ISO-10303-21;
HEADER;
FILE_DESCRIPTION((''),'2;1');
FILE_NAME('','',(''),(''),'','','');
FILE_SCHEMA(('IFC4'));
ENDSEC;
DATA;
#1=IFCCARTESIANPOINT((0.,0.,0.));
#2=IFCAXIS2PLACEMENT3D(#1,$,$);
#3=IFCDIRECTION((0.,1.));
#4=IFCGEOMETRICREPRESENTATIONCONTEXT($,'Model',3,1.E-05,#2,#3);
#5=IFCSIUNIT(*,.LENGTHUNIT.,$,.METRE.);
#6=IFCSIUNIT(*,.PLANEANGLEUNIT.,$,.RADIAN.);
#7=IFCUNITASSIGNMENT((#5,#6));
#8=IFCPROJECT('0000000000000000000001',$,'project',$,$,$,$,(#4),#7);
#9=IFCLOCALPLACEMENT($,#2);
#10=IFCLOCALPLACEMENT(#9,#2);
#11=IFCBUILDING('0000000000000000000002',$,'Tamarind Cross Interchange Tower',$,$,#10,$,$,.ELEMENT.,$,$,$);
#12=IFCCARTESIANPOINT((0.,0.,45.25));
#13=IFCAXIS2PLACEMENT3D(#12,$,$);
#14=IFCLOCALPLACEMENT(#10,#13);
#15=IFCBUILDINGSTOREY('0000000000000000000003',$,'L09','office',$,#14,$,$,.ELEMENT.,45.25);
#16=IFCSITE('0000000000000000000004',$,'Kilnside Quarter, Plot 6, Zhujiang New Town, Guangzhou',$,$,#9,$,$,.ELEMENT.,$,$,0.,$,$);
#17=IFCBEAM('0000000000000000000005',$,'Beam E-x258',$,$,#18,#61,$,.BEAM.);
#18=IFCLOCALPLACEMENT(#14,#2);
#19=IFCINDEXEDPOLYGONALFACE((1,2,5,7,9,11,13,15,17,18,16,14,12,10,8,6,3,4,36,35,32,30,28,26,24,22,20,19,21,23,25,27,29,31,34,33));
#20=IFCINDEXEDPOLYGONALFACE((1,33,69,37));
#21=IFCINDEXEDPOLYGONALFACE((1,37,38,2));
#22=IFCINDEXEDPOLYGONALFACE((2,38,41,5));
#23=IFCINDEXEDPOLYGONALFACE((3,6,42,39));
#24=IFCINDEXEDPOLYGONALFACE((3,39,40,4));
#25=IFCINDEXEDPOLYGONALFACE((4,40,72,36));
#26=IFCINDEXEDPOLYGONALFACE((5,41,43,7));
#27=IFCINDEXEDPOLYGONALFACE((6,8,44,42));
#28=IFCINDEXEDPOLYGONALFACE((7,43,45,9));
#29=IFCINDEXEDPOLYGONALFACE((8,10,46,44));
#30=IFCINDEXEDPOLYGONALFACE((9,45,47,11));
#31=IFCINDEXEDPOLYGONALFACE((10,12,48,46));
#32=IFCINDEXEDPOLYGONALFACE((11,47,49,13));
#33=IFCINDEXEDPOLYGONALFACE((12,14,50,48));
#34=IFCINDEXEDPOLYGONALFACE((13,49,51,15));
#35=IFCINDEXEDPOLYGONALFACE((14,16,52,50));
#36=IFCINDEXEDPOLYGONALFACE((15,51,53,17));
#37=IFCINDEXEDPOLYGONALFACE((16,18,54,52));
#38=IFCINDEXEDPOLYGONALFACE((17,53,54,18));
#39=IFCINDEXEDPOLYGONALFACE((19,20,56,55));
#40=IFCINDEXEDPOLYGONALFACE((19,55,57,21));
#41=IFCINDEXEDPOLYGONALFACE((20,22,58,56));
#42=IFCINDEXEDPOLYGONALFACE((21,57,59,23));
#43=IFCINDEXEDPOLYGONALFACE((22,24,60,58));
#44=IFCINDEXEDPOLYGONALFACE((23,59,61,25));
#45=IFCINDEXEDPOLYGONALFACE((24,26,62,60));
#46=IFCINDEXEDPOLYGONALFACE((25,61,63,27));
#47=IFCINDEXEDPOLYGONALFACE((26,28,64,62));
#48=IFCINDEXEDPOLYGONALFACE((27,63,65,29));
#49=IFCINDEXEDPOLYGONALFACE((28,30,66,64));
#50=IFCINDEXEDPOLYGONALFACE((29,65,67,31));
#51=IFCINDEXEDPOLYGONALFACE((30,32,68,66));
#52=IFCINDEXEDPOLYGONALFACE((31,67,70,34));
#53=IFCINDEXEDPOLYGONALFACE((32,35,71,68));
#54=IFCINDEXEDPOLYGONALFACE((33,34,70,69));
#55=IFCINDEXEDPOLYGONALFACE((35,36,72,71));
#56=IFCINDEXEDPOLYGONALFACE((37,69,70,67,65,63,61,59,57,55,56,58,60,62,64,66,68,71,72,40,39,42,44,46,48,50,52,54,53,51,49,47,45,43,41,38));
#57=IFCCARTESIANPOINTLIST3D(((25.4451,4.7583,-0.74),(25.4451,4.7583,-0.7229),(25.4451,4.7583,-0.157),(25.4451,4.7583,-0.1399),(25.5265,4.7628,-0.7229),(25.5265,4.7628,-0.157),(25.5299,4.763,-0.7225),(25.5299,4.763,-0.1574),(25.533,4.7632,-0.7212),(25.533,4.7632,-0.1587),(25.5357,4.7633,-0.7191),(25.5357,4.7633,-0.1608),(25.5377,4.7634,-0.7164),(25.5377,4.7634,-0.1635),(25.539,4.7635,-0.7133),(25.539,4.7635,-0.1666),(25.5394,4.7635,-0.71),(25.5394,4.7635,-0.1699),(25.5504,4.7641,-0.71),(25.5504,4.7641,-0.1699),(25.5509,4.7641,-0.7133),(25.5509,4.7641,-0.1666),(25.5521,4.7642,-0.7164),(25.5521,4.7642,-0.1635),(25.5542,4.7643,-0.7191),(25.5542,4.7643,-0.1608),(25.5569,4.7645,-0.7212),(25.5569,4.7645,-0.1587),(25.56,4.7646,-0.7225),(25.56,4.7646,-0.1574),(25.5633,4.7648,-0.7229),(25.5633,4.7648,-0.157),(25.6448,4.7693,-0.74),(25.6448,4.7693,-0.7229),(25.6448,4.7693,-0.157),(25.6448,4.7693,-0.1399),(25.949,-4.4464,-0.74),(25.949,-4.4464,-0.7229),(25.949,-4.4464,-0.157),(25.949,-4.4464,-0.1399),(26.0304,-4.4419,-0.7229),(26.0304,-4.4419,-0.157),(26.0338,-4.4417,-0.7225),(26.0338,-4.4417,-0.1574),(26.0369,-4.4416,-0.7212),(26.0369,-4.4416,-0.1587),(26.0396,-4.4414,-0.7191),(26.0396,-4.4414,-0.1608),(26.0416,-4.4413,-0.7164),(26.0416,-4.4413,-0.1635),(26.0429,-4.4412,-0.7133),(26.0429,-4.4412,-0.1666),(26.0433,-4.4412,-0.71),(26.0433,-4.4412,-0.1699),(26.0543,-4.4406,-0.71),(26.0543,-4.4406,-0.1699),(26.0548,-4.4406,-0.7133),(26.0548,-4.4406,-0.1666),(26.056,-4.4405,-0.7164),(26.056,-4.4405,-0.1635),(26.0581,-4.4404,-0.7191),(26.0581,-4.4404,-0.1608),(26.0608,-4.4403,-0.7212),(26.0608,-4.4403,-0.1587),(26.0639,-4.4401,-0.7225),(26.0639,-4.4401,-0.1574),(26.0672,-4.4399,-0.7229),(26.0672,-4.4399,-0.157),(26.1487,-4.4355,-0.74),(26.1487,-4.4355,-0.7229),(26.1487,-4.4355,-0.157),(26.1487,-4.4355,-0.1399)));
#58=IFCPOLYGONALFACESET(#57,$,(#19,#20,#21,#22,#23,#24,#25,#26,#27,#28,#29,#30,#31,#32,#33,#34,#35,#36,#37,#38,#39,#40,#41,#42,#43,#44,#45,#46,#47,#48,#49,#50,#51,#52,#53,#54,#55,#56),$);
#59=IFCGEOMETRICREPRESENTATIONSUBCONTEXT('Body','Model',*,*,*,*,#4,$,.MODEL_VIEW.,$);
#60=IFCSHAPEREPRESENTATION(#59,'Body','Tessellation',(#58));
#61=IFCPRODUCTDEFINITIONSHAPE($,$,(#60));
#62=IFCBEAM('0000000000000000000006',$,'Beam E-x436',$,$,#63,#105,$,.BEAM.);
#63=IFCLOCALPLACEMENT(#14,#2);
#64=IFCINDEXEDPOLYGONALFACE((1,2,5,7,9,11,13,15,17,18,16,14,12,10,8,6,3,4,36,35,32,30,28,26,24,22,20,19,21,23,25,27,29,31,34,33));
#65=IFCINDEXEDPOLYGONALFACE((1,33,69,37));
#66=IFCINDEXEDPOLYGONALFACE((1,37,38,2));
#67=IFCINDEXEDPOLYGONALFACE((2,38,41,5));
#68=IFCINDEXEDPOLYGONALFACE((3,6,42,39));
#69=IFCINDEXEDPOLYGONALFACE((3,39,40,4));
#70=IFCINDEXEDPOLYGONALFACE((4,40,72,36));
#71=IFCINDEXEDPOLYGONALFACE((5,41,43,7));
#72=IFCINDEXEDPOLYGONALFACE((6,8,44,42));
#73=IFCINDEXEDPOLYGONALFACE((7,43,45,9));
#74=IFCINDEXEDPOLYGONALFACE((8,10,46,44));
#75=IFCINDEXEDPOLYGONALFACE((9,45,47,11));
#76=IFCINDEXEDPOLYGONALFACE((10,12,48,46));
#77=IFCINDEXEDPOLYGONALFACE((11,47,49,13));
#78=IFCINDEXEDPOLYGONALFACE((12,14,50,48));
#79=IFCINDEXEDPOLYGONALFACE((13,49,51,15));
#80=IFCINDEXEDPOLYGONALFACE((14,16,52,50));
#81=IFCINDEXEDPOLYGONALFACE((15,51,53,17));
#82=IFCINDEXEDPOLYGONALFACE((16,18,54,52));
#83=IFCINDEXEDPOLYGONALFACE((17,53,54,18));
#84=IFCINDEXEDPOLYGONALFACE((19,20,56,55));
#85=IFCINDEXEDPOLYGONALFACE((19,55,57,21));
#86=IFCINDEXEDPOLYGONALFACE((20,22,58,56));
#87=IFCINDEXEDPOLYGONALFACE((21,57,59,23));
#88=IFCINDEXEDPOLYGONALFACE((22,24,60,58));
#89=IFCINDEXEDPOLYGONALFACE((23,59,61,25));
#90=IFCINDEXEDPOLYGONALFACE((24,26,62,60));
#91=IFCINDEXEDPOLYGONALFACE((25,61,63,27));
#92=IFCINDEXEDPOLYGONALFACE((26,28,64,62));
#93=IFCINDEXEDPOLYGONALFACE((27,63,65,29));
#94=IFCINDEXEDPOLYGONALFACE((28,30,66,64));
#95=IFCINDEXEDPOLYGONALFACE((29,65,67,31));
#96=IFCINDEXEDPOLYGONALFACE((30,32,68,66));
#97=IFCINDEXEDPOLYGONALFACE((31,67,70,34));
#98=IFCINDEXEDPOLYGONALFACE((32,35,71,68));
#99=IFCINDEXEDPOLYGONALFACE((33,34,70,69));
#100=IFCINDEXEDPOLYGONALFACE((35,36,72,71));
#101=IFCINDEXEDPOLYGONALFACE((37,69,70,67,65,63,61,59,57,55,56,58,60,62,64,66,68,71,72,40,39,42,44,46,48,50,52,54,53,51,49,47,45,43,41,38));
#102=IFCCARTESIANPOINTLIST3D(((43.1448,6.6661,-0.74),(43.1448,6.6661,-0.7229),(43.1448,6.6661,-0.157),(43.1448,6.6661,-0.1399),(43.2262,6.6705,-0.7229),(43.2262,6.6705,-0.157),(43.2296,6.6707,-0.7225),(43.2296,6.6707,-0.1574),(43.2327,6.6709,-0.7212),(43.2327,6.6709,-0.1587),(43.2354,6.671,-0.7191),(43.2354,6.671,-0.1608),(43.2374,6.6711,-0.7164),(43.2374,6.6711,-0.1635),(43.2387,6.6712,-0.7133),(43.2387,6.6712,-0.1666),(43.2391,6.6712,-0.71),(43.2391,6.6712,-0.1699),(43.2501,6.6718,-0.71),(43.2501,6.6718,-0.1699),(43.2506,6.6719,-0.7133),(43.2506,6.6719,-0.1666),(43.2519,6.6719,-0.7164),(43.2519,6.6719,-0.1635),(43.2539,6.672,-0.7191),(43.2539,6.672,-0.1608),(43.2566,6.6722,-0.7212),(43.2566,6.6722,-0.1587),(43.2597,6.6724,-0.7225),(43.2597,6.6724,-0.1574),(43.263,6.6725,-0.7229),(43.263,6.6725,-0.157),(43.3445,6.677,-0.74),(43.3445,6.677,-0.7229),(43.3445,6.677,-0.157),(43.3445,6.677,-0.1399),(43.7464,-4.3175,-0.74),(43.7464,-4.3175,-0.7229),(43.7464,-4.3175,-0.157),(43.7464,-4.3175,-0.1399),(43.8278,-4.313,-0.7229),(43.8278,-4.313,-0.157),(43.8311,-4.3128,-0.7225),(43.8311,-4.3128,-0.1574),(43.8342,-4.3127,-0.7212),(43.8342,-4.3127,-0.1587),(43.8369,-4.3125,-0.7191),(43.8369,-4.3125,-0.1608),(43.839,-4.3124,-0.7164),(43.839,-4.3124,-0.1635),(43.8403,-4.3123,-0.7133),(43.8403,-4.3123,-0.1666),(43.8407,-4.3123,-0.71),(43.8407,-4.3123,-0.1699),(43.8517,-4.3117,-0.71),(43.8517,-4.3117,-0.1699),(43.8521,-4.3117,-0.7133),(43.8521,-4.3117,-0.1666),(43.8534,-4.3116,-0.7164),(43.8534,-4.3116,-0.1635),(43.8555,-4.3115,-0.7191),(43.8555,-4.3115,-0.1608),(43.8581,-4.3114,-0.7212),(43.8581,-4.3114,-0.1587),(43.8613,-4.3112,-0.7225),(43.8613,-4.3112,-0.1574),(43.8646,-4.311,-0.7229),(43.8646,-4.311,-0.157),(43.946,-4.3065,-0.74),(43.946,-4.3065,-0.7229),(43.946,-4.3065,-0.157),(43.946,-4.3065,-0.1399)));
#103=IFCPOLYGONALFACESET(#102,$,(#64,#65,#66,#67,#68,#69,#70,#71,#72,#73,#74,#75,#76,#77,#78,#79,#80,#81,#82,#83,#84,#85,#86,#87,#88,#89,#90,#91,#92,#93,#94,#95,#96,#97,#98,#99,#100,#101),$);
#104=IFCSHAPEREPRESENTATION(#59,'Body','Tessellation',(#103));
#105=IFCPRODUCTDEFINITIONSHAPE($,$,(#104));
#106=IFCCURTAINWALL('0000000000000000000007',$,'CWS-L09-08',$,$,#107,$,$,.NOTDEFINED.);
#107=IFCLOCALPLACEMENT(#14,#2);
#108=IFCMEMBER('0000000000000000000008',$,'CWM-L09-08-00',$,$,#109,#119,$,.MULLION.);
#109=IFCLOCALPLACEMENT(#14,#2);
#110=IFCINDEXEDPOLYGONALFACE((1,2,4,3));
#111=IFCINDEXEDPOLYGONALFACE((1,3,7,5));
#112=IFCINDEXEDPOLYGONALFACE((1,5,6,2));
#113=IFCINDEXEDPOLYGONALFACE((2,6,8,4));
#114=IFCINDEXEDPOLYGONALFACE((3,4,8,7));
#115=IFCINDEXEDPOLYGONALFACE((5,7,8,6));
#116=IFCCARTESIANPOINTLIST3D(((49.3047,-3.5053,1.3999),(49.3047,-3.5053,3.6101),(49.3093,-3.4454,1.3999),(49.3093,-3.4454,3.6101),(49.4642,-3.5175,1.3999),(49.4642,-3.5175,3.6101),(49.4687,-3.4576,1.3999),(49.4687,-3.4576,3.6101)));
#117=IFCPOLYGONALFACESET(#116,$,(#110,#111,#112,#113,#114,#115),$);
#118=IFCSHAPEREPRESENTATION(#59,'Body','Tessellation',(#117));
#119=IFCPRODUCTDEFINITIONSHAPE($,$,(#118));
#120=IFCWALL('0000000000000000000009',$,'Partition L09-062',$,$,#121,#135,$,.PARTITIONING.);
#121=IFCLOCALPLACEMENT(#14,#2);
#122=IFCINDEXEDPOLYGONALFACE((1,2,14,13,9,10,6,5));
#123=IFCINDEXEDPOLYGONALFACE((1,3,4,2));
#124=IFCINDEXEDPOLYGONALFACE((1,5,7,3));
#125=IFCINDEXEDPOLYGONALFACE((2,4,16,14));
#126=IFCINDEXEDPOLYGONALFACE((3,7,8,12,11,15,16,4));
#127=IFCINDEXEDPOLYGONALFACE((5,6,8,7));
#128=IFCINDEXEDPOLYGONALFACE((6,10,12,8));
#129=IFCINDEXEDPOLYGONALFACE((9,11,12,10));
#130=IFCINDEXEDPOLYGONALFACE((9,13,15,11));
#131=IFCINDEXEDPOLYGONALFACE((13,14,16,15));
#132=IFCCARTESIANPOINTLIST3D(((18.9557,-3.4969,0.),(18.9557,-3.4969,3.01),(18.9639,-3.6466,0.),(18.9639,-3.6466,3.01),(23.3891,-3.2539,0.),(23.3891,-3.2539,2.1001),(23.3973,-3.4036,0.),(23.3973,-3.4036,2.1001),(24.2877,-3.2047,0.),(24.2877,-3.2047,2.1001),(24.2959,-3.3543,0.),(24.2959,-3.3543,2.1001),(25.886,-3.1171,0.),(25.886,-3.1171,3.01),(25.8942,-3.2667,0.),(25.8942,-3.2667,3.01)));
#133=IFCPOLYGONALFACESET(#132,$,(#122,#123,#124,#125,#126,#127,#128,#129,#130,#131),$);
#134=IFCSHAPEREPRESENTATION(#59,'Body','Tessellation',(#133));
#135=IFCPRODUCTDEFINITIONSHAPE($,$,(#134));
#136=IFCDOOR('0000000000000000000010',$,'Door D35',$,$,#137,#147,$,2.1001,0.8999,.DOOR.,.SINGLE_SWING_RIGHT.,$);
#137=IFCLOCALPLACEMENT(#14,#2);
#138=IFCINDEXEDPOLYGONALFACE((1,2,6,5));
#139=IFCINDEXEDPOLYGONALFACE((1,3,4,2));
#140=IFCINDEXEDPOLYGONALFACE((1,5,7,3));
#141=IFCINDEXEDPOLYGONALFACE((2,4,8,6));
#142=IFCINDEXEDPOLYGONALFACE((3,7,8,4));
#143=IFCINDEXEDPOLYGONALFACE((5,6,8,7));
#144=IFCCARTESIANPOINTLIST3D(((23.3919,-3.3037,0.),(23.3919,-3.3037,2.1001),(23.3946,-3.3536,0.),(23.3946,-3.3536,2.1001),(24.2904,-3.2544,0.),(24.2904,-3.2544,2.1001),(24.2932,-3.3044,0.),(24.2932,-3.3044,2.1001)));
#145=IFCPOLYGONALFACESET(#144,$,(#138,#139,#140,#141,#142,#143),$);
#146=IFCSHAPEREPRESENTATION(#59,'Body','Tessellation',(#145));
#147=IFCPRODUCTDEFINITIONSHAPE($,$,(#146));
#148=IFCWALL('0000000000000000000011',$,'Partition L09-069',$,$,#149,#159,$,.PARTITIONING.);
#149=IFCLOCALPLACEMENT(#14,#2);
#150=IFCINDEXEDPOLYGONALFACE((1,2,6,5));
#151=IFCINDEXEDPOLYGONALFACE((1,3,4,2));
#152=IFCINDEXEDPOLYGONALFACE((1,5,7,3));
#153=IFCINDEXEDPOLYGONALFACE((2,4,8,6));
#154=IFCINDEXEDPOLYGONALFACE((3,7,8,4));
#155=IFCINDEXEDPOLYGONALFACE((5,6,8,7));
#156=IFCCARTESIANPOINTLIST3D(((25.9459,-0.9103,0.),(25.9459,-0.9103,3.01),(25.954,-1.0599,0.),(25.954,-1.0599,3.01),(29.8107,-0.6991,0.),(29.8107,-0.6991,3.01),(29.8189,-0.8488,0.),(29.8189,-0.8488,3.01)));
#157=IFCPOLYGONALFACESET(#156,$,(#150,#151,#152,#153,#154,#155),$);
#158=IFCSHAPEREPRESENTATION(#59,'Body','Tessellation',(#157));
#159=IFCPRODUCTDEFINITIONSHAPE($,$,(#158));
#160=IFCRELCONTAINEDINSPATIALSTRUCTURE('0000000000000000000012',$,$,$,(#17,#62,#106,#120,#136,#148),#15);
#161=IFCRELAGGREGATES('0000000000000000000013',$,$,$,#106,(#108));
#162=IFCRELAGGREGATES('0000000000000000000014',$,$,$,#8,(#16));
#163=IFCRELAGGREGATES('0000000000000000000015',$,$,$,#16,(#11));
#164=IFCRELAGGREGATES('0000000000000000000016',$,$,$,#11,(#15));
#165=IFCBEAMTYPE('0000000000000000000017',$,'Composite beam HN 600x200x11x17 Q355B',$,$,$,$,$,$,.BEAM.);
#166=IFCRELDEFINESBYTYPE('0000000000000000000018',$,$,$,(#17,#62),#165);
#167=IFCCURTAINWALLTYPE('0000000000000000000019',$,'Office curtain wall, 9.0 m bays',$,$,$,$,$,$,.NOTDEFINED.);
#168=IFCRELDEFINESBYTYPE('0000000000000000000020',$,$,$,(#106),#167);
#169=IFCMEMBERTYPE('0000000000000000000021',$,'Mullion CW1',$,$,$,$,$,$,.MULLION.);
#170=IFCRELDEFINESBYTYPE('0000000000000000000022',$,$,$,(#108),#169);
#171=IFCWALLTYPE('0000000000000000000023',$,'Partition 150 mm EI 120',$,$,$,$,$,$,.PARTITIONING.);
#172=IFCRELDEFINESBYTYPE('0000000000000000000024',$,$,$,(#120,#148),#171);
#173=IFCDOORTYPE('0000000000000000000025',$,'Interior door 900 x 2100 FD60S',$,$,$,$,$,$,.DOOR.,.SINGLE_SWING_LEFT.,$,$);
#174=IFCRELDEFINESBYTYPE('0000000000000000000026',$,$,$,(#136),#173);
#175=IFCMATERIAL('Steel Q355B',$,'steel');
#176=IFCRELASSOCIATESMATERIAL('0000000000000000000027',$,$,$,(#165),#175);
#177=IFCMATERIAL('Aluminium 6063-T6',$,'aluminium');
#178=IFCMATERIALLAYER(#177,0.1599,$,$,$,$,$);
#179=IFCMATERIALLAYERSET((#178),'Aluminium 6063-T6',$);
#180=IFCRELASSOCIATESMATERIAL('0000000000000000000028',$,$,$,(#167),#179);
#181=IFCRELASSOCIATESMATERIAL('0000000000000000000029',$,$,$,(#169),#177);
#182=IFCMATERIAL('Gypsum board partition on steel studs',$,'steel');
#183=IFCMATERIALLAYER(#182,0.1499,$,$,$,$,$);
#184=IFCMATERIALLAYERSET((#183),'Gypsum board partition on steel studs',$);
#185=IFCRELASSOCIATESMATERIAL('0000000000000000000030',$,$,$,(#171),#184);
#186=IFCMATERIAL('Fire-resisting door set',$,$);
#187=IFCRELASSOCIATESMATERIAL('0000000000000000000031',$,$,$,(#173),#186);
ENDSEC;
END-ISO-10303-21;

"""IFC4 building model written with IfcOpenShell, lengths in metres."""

from ifc_helpers import new_model, si_unit, direction, frame, frame_2d, origin, origin_2d, place, context, subcontext, project, spatial, rectangle, i_section, extrude, material, layer, layer_set, material_profile, profile_set, type_object, element, fill, aggregate, save


model = new_model("IFC4")

# Units and contexts
model_context = context("Model", 3, precision=1e-05, world=origin(), true_north=direction((0.0, 1.0)))
body_context = subcontext(model_context, "Body", "Model", "MODEL_VIEW")
ifc_project = project(units=[si_unit("LENGTHUNIT", "METRE"), si_unit("PLANEANGLEUNIT", "RADIAN")], contexts=[model_context])

# Site, building, storey
site_placement = place(None, origin())
site = spatial("IfcSite", under=ifc_project, at=site_placement, Name="Kilnside Quarter, Plot 6, Zhujiang New Town, Guangzhou", CompositionType="ELEMENT", RefElevation=0.0)
building_placement = place(site_placement, origin())
building = spatial("IfcBuilding", under=site, at=building_placement, Name="Tamarind Cross Interchange Tower", CompositionType="ELEMENT")
storey_placement = place(building_placement, frame((0.0, 0.0, 45.25)))
storey = spatial("IfcBuildingStorey", under=building, at=storey_placement, Name="L09", Description="office", CompositionType="ELEMENT", Elevation=45.25)

# Beams
ifc_material_1 = material(Name="Steel Q355B", Category="steel")
ifc_material_profile_1 = material_profile(ifc_material_1, i_section(OverallWidth=0.2, OverallDepth=0.6001, WebThickness=0.011, FlangeThickness=0.0171, FilletRadius=0.0129, at=origin_2d()), Name="HN 600x200x11x17")
ifc_profile_set_1 = profile_set([ifc_material_profile_1], Name="Steel Q355B")
beam_type_1 = type_object("IfcBeamType", Name="Composite beam HN 600x200x11x17 Q355B", PredefinedType="BEAM", material=ifc_profile_set_1)
beam_1_placement = place(storey_placement, frame((26.0488, -4.4409, -0.4399), z_axis=(-0.054662, 0.998505, 0.0), x_axis=(-0.998505, -0.054662, 0.0)))
element("IfcBeam", 1, at=beam_1_placement, inside=storey, type_object=beam_type_1, Name="Beam E-x258", PredefinedType="BEAM", context=body_context, shape_type="SweptSolid", body=[
    extrude(i_section(OverallWidth=0.2, OverallDepth=0.6001, WebThickness=0.011, FlangeThickness=0.0171, FilletRadius=0.0129, at=origin_2d()), origin(), (0.0, 0.0, 1.0), 9.2185),
])
beam_2_placement = place(storey_placement, frame((43.8462, -4.312, -0.4399), z_axis=(-0.054687, 0.998504, 0.0), x_axis=(-0.998504, -0.054687, 0.0)))
element("IfcBeam", 2, at=beam_2_placement, inside=storey, type_object=beam_type_1, Name="Beam E-x436", PredefinedType="BEAM", context=body_context, shape_type="SweptSolid", body=[
    extrude(i_section(OverallWidth=0.2, OverallDepth=0.6001, WebThickness=0.011, FlangeThickness=0.0171, FilletRadius=0.0129, at=origin_2d()), origin(), (0.0, 0.0, 1.0), 11.0),
])

# Curtain wall, member
ifc_material_2 = material(Name="Aluminium 6063-T6", Category="aluminium")
ifc_layer_1 = layer(ifc_material_2, 0.1599)
ifc_layer_set_1 = layer_set([ifc_layer_1], Name="Aluminium 6063-T6")
curtain_wall_type = type_object("IfcCurtainWallType", Name="Office curtain wall, 9.0 m bays", PredefinedType="NOTDEFINED", material=ifc_layer_set_1)
curtain_wall_placement = place(storey_placement, origin())
curtain_wall = element("IfcCurtainWall", 3, at=curtain_wall_placement, inside=storey, type_object=curtain_wall_type, Name="CWS-L09-08", PredefinedType="NOTDEFINED")
ifc_material_profile_2 = material_profile(ifc_material_2, rectangle(XDim=0.0601, YDim=0.1599, at=origin_2d()), Name="Mullion CW1")
ifc_profile_set_2 = profile_set([ifc_material_profile_2], Name="Aluminium 6063-T6")
member_type = type_object("IfcMemberType", Name="Mullion CW1", PredefinedType="MULLION", material=ifc_profile_set_2)
member_placement = place(storey_placement, frame((49.3867, -3.4814, 1.3999), z_axis=(0.0, 0.0, 1.0), x_axis=(0.07612, 0.997099, 0.0)))
member = element("IfcMember", 4, at=member_placement, type_object=member_type, Name="CWM-L09-08-00", PredefinedType="MULLION", context=body_context, shape_type="SweptSolid", body=[
    extrude(rectangle(XDim=0.0601, YDim=0.1599, at=origin_2d()), origin(), (0.0, 0.0, 1.0), 2.2102),
])
aggregate(curtain_wall, [member])

# Wall, opening, door
ifc_material_3 = material(Name="Gypsum board partition on steel studs", Category="steel")
ifc_layer_2 = layer(ifc_material_3, 0.1499)
ifc_layer_set_2 = layer_set([ifc_layer_2], Name="Gypsum board partition on steel studs")
wall_type_1 = type_object("IfcWallType", Name="Partition 150 mm EI 120", PredefinedType="PARTITIONING", material=ifc_layer_set_2)
wall_1_placement = place(storey_placement, frame((18.96, -3.5718, 0.0), z_axis=(0.0, 0.0, 1.0), x_axis=(0.998501, 0.054734, 0.0)))
wall_1 = element("IfcWall", 5, at=wall_1_placement, inside=storey, type_object=wall_type_1, Name="Partition L09-062", PredefinedType="PARTITIONING", context=body_context, shape_type="SweptSolid", body=[
    extrude(rectangle(XDim=6.9407, YDim=0.1499, at=frame_2d((3.4702, 0.0))), origin(), (0.0, 0.0, 1.0), 3.01),
])
opening_1_placement = place(wall_1_placement, frame((4.4399, 0.0, 0.0)))
opening_1 = element("IfcOpeningElement", 6, at=opening_1_placement, cuts=wall_1, PredefinedType="OPENING", context=body_context, shape_type="SweptSolid", body=[
    extrude(rectangle(XDim=0.8999, YDim=2.1001, at=frame_2d((0.45, 1.05))), frame((0.0, 0.085, 0.0), z_axis=(0.0, -1.0, 0.0), x_axis=(1.0, 0.0, 0.0)), (0.0, 0.0, 1.0), 0.1699),
])
ifc_material_4 = material(Name="Fire-resisting door set")
door_type_1 = type_object("IfcDoorType", Name="Interior door 900 x 2100 FD60S", OperationType="SINGLE_SWING_LEFT", PredefinedType="DOOR", material=ifc_material_4)
door_1_placement = place(opening_1_placement, frame((0.8999, 0.0, 0.0), z_axis=(0.0, 0.0, 1.0), x_axis=(-1.0, 0.0, 0.0)))
door_1 = element("IfcDoor", 7, at=door_1_placement, inside=storey, type_object=door_type_1, Name="Door D35", OperationType="SINGLE_SWING_RIGHT", OverallHeight=2.1001, OverallWidth=0.8999, PredefinedType="DOOR", context=body_context, shape_type="SweptSolid", body=[
    extrude(rectangle(XDim=0.8999, YDim=2.1001, at=frame_2d((0.45, 1.05))), frame((0.0, 0.0249, 0.0), z_axis=(0.0, -1.0, 0.0), x_axis=(1.0, 0.0, 0.0)), (0.0, 0.0, 1.0), 0.05),
])
fill(opening_1, door_1)

# Wall
wall_2_placement = place(storey_placement, frame((25.95, -0.9851, 0.0), z_axis=(0.0, 0.0, 1.0), x_axis=(0.99851, 0.054562, 0.0)))
element("IfcWall", 8, at=wall_2_placement, inside=storey, type_object=wall_type_1, Name="Partition L09-069", PredefinedType="PARTITIONING", context=body_context, shape_type="SweptSolid", body=[
    extrude(rectangle(XDim=3.8706, YDim=0.1499, at=frame_2d((1.9353, 0.0))), origin(), (0.0, 0.0, 1.0), 3.01),
])

save(model, "model.ifc")
